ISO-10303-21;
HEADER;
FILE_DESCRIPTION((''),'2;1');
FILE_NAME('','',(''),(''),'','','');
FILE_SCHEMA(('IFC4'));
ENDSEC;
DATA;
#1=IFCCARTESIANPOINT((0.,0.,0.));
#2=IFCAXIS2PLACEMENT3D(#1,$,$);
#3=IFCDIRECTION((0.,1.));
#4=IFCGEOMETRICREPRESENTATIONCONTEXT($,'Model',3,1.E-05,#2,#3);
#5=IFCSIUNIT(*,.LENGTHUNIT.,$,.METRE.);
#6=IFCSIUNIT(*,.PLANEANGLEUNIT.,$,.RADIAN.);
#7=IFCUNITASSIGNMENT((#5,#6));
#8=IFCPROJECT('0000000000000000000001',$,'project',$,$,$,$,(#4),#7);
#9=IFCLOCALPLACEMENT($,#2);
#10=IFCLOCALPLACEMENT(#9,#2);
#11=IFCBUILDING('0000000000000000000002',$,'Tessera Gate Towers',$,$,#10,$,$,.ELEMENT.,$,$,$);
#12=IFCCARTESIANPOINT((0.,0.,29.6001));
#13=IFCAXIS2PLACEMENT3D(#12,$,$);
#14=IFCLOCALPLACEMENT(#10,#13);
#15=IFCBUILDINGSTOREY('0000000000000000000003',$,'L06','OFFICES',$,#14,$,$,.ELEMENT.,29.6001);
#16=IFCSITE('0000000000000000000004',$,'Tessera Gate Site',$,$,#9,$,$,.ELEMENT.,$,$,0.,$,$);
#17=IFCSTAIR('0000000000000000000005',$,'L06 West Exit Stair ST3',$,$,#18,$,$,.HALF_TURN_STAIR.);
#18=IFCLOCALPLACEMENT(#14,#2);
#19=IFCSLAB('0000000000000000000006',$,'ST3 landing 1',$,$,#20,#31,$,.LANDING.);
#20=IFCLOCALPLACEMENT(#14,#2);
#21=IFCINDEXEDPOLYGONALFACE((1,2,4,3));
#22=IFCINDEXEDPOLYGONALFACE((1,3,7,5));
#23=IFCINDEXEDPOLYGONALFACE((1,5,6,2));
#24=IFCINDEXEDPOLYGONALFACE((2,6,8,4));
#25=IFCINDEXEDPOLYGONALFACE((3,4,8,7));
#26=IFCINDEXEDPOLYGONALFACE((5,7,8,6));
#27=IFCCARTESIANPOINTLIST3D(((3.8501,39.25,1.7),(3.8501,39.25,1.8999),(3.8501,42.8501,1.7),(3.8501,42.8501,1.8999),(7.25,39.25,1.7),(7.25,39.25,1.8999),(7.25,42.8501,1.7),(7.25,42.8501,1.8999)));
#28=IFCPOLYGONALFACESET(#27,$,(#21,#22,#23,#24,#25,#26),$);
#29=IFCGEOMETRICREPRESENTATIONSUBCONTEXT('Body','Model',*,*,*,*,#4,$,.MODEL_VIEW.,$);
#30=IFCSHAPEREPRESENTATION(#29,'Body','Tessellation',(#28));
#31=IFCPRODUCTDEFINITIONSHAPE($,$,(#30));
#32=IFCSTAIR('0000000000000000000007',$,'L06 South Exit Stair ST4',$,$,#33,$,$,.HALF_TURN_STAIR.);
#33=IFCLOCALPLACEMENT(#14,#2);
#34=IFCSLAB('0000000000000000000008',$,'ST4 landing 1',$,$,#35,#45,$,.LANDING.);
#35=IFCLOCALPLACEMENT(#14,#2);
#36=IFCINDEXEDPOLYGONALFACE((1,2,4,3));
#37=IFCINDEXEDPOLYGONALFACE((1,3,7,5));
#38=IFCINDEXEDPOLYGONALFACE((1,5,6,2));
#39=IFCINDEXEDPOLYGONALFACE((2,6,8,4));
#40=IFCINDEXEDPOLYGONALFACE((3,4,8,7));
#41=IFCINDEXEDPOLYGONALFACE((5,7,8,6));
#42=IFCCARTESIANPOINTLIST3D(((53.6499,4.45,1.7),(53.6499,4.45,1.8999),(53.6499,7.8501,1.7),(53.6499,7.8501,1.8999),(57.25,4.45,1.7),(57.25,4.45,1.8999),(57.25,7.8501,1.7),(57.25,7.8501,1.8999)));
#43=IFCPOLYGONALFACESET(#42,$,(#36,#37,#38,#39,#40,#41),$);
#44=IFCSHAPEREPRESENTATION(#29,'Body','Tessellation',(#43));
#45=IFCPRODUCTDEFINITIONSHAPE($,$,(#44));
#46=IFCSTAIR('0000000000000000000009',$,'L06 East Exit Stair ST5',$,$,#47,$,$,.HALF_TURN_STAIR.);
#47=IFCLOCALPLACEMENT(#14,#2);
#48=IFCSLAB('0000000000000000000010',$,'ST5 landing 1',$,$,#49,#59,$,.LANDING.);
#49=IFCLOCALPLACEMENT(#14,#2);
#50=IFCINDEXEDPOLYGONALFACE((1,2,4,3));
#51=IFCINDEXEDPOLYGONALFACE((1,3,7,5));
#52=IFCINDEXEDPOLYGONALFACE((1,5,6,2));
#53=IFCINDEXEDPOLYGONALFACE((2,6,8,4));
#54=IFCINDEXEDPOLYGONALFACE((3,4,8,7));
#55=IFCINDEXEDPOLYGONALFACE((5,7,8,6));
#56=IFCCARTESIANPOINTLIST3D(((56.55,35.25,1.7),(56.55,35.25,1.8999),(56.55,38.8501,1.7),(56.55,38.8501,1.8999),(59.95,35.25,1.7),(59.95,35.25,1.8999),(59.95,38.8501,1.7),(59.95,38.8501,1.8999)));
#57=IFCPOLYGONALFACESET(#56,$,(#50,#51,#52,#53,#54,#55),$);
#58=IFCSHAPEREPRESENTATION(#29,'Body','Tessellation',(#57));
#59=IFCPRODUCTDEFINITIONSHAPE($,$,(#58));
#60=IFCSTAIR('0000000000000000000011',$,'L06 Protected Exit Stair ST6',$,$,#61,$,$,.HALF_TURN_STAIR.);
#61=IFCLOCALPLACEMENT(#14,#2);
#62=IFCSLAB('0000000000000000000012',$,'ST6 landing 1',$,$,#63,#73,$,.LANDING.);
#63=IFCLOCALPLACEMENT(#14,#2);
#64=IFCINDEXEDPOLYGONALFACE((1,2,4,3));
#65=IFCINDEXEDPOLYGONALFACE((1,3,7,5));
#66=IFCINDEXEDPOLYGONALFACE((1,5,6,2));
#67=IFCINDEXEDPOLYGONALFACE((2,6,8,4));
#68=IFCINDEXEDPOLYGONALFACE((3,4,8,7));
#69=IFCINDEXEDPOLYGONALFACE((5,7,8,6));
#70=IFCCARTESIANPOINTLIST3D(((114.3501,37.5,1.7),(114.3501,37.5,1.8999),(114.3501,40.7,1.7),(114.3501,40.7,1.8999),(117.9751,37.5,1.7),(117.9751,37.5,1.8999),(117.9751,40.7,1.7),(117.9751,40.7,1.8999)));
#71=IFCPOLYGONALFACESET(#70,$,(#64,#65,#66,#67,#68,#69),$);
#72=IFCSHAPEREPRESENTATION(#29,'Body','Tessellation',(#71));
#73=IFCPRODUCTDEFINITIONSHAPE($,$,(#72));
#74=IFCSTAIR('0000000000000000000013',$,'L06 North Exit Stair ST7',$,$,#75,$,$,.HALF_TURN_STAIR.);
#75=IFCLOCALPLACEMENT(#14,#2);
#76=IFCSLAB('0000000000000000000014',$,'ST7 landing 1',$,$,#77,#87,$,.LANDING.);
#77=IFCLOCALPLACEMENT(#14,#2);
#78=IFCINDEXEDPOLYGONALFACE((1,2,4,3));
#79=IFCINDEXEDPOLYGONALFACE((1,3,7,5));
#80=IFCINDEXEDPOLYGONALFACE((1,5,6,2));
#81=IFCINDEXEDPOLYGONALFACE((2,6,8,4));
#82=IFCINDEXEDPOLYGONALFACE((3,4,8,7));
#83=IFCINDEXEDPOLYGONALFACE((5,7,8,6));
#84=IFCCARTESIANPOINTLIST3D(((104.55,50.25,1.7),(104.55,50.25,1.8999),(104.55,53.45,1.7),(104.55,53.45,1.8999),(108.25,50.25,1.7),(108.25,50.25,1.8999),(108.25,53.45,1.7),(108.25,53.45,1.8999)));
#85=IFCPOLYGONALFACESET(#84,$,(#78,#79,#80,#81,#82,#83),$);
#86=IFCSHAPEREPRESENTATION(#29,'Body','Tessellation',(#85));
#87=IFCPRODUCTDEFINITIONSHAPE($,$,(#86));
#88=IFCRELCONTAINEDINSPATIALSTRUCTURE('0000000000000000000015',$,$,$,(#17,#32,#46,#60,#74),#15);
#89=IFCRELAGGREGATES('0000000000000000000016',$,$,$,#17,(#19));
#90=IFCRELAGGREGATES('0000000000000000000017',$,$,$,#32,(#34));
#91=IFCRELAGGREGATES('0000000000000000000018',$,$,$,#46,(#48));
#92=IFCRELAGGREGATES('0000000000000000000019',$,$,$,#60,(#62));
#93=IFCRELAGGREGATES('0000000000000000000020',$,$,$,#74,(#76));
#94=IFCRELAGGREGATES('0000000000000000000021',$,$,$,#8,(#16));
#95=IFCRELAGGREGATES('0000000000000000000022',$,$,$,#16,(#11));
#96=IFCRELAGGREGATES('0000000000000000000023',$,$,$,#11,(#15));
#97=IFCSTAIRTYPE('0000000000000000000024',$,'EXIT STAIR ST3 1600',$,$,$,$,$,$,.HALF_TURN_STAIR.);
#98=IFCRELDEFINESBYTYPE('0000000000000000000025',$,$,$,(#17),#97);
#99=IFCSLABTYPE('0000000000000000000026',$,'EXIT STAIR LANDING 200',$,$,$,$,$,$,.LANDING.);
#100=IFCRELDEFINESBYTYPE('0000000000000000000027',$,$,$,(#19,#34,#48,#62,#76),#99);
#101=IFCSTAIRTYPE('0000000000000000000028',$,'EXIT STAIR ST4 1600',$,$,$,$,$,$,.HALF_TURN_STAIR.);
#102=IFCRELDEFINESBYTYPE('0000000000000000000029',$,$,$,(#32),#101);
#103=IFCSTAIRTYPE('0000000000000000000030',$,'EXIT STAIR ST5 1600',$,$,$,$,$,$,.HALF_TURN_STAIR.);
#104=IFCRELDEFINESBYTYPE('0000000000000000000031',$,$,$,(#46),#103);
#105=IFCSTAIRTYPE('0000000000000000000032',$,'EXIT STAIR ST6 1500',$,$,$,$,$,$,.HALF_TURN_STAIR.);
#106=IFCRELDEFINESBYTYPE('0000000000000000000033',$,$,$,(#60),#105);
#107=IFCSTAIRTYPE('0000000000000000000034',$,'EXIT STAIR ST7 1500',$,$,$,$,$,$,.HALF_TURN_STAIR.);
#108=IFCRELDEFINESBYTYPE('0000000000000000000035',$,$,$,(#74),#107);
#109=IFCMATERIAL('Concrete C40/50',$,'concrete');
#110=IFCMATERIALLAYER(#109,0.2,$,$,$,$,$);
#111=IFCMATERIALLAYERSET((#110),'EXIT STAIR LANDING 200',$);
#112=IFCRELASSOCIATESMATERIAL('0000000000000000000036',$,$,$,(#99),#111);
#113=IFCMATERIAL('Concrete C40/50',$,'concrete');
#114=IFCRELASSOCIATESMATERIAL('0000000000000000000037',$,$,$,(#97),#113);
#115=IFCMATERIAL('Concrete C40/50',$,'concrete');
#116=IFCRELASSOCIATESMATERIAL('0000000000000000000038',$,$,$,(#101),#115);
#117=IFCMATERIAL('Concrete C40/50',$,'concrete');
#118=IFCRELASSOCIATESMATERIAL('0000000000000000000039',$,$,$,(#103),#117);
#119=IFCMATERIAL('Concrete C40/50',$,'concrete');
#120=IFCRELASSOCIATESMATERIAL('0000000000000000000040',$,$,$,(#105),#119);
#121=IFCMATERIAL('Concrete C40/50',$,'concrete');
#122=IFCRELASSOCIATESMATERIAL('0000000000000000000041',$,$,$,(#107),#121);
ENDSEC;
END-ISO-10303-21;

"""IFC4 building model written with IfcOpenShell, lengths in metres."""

from ifc_helpers import new_model, si_unit, direction, frame, origin, place, context, subcontext, project, spatial, polyline, outline, extrude, material, layer, layer_set, type_object, element, aggregate, save


model = new_model("IFC4")

# Units and contexts
model_context = context("Model", 3, precision=1e-05, world=origin(), true_north=direction((0.0, 1.0)))
body_context = subcontext(model_context, "Body", "Model", "MODEL_VIEW")
ifc_project = project(units=[si_unit("LENGTHUNIT", "METRE"), si_unit("PLANEANGLEUNIT", "RADIAN")], contexts=[model_context])

# Site, building, storey
site_placement = place(None, origin())
site = spatial("IfcSite", under=ifc_project, at=site_placement, Name="Tessera Gate Site", CompositionType="ELEMENT", RefElevation=0.0)
building_placement = place(site_placement, origin())
building = spatial("IfcBuilding", under=site, at=building_placement, Name="Tessera Gate Towers", CompositionType="ELEMENT")
storey_placement = place(building_placement, frame((0.0, 0.0, 29.6001)))
storey = spatial("IfcBuildingStorey", under=building, at=storey_placement, Name="L06", Description="OFFICES", CompositionType="ELEMENT", Elevation=29.6001)

# Stairs, slabs
ifc_material_1 = material(Name="Concrete C40/50", Category="concrete")
ifc_layer_1 = layer(ifc_material_1, 0.2)
ifc_layer_set_1 = layer_set([ifc_layer_1], Name="EXIT STAIR LANDING 200")
slab_type_1 = type_object("IfcSlabType", Name="EXIT STAIR LANDING 200", PredefinedType="LANDING", material=ifc_layer_set_1)
ifc_material_2 = material(Name="Concrete C40/50", Category="concrete")
stair_type_1 = type_object("IfcStairType", Name="EXIT STAIR ST3 1600", PredefinedType="HALF_TURN_STAIR", material=ifc_material_2)
stair_1_placement = place(storey_placement, origin())
stair_1 = element("IfcStair", 1, at=stair_1_placement, inside=storey, type_object=stair_type_1, Name="L06 West Exit Stair ST3", PredefinedType="HALF_TURN_STAIR")
slab_1_placement = place(storey_placement, frame((0.0, 0.0, 1.7)))
slab_1 = element("IfcSlab", 2, at=slab_1_placement, type_object=slab_type_1, Name="ST3 landing 1", PredefinedType="LANDING", context=body_context, shape_type="SweptSolid", body=[
    extrude(outline(polyline([(3.8501, 42.8501), (3.8501, 39.25), (7.25, 39.25), (7.25, 42.8501), (3.8501, 42.8501)])), origin(), (0.0, 0.0, 1.0), 0.2),
])
aggregate(stair_1, [slab_1])
ifc_material_3 = material(Name="Concrete C40/50", Category="concrete")
stair_type_2 = type_object("IfcStairType", Name="EXIT STAIR ST4 1600", PredefinedType="HALF_TURN_STAIR", material=ifc_material_3)
stair_2_placement = place(storey_placement, origin())
stair_2 = element("IfcStair", 3, at=stair_2_placement, inside=storey, type_object=stair_type_2, Name="L06 South Exit Stair ST4", PredefinedType="HALF_TURN_STAIR")
slab_2_placement = place(storey_placement, frame((0.0, 0.0, 1.7)))
slab_2 = element("IfcSlab", 4, at=slab_2_placement, type_object=slab_type_1, Name="ST4 landing 1", PredefinedType="LANDING", context=body_context, shape_type="SweptSolid", body=[
    extrude(outline(polyline([(53.6499, 4.45), (57.25, 4.45), (57.25, 7.8501), (53.6499, 7.8501), (53.6499, 4.45)])), origin(), (0.0, 0.0, 1.0), 0.2),
])
aggregate(stair_2, [slab_2])
ifc_material_4 = material(Name="Concrete C40/50", Category="concrete")
stair_type_3 = type_object("IfcStairType", Name="EXIT STAIR ST5 1600", PredefinedType="HALF_TURN_STAIR", material=ifc_material_4)
stair_3_placement = place(storey_placement, origin())
stair_3 = element("IfcStair", 5, at=stair_3_placement, inside=storey, type_object=stair_type_3, Name="L06 East Exit Stair ST5", PredefinedType="HALF_TURN_STAIR")
slab_3_placement = place(storey_placement, frame((0.0, 0.0, 1.7)))
slab_3 = element("IfcSlab", 6, at=slab_3_placement, type_object=slab_type_1, Name="ST5 landing 1", PredefinedType="LANDING", context=body_context, shape_type="SweptSolid", body=[
    extrude(outline(polyline([(59.95, 35.25), (59.95, 38.8501), (56.55, 38.8501), (56.55, 35.25), (59.95, 35.25)])), origin(), (0.0, 0.0, 1.0), 0.2),
])
aggregate(stair_3, [slab_3])
ifc_material_5 = material(Name="Concrete C40/50", Category="concrete")
stair_type_4 = type_object("IfcStairType", Name="EXIT STAIR ST6 1500", PredefinedType="HALF_TURN_STAIR", material=ifc_material_5)
stair_4_placement = place(storey_placement, origin())
stair_4 = element("IfcStair", 7, at=stair_4_placement, inside=storey, type_object=stair_type_4, Name="L06 Protected Exit Stair ST6", PredefinedType="HALF_TURN_STAIR")
slab_4_placement = place(storey_placement, frame((0.0, 0.0, 1.7)))
slab_4 = element("IfcSlab", 8, at=slab_4_placement, type_object=slab_type_1, Name="ST6 landing 1", PredefinedType="LANDING", context=body_context, shape_type="SweptSolid", body=[
    extrude(outline(polyline([(114.3501, 37.5), (117.9751, 37.5), (117.9751, 40.7), (114.3501, 40.7), (114.3501, 37.5)])), origin(), (0.0, 0.0, 1.0), 0.2),
])
aggregate(stair_4, [slab_4])
ifc_material_6 = material(Name="Concrete C40/50", Category="concrete")
stair_type_5 = type_object("IfcStairType", Name="EXIT STAIR ST7 1500", PredefinedType="HALF_TURN_STAIR", material=ifc_material_6)
stair_5_placement = place(storey_placement, origin())
stair_5 = element("IfcStair", 9, at=stair_5_placement, inside=storey, type_object=stair_type_5, Name="L06 North Exit Stair ST7", PredefinedType="HALF_TURN_STAIR")
slab_5_placement = place(storey_placement, frame((0.0, 0.0, 1.7)))
slab_5 = element("IfcSlab", 10, at=slab_5_placement, type_object=slab_type_1, Name="ST7 landing 1", PredefinedType="LANDING", context=body_context, shape_type="SweptSolid", body=[
    extrude(outline(polyline([(104.55, 50.25), (108.25, 50.25), (108.25, 53.45), (104.55, 53.45), (104.55, 50.25)])), origin(), (0.0, 0.0, 1.0), 0.2),
])
aggregate(stair_5, [slab_5])

save(model, "model.ifc")
